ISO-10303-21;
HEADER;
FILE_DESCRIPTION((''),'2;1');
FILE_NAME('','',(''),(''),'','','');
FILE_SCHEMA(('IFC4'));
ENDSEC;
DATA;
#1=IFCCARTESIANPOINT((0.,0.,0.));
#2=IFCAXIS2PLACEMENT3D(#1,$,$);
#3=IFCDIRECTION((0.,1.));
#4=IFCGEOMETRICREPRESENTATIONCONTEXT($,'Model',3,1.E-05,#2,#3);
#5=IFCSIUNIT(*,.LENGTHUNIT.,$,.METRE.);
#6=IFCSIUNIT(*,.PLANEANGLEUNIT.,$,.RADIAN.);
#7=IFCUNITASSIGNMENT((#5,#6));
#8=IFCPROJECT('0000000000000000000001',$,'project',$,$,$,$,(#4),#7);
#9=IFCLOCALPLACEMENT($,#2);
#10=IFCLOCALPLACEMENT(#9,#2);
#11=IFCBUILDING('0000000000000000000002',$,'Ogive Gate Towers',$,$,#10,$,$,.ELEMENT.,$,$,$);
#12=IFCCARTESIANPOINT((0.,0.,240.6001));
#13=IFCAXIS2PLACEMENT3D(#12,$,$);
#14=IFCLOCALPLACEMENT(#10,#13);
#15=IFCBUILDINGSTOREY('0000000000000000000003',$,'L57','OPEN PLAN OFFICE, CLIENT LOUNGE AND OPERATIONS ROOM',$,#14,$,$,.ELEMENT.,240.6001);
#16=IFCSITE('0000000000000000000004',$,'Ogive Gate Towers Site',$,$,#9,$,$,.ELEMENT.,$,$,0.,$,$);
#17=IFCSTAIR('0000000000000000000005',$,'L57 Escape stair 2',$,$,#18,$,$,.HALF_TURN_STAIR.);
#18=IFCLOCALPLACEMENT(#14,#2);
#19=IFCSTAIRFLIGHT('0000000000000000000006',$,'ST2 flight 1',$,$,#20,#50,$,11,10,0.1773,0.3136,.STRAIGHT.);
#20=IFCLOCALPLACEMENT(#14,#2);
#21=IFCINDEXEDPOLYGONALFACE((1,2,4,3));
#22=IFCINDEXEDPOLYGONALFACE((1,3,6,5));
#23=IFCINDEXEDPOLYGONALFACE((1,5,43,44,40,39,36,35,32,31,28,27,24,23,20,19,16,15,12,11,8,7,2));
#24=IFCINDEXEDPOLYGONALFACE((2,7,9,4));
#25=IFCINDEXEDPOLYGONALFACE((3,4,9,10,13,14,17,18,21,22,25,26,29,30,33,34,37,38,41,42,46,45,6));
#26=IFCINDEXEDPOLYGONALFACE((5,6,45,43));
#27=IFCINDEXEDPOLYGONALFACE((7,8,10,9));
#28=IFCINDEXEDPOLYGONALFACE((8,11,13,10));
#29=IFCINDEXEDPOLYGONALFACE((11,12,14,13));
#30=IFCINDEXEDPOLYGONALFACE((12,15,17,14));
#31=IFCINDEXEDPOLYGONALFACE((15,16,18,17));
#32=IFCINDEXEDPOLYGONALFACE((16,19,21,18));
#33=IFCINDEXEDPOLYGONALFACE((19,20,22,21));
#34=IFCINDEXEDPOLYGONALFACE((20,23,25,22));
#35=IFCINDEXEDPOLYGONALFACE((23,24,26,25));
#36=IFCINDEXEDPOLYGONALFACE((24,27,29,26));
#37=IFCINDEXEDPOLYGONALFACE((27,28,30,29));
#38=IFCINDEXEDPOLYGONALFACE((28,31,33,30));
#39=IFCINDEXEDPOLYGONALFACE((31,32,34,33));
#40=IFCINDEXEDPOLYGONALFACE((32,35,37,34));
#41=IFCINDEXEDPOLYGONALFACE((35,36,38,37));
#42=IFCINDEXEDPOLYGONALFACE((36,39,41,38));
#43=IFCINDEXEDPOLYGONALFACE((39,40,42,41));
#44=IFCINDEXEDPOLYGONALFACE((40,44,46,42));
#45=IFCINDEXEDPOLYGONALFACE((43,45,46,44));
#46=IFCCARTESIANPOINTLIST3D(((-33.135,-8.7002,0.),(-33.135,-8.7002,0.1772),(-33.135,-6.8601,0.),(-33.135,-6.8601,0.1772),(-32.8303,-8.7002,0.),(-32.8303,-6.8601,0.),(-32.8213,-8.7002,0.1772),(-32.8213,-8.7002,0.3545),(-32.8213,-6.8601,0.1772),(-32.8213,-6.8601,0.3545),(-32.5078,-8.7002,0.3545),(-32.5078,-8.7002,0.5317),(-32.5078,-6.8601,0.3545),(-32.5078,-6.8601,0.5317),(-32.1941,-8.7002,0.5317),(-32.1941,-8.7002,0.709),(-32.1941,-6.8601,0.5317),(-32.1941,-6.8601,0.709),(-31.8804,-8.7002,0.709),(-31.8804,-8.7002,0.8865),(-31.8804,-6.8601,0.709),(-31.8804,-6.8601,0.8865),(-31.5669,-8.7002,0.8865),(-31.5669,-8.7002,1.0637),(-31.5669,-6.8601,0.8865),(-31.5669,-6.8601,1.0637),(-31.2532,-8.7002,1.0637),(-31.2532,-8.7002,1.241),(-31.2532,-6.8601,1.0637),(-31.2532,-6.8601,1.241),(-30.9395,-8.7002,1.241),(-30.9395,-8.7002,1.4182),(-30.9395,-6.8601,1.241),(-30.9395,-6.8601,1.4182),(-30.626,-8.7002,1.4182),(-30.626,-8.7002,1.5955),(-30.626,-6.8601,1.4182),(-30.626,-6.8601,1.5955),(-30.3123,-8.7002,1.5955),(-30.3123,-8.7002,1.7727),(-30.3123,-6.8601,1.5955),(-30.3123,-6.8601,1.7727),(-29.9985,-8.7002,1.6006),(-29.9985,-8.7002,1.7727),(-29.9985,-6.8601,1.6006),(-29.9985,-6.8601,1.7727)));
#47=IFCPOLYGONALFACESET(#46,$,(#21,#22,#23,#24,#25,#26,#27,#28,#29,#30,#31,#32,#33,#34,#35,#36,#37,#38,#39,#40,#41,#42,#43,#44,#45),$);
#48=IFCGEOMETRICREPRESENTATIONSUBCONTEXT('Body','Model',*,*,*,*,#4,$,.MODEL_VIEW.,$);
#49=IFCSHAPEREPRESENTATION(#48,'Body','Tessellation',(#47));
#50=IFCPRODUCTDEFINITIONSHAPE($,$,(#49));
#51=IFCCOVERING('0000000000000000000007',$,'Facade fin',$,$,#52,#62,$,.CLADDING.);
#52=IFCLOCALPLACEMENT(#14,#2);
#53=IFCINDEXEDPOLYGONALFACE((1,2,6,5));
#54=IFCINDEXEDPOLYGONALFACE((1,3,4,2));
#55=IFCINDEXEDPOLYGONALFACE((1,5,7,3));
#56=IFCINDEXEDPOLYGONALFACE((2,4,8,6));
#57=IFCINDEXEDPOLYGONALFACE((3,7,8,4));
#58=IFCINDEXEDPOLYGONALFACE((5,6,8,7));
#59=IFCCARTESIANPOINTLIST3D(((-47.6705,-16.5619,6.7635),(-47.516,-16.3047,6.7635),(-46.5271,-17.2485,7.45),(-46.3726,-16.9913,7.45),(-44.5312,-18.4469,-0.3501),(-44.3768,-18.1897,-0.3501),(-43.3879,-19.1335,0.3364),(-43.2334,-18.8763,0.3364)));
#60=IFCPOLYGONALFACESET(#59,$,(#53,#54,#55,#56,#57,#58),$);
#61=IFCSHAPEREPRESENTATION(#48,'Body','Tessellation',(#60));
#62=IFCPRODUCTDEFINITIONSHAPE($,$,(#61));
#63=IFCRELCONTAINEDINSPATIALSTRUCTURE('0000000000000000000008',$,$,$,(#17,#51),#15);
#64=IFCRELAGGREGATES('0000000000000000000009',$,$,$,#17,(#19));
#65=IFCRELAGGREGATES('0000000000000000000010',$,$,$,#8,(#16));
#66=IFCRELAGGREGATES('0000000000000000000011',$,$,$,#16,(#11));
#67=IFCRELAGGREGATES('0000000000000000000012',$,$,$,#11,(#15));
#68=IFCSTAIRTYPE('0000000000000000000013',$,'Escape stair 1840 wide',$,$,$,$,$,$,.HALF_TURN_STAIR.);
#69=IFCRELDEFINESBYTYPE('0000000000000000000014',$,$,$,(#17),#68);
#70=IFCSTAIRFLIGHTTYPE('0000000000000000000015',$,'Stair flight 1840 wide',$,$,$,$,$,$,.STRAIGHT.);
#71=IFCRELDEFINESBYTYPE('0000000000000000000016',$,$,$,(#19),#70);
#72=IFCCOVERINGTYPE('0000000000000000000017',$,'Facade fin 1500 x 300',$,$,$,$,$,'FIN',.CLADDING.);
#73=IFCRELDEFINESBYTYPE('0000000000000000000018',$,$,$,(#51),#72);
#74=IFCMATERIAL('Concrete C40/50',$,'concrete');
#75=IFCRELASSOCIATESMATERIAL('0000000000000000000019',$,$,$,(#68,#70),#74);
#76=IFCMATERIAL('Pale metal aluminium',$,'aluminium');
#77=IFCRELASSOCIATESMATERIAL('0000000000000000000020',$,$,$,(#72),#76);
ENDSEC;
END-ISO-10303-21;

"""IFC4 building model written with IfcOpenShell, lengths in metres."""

from ifc_helpers import new_model, si_unit, direction, frame, origin, origin_2d, place, context, subcontext, project, spatial, polyline, rectangle, outline, extrude, material, material_profile, profile_set, type_object, element, aggregate, save


model = new_model("IFC4")

# Units and contexts
model_context = context("Model", 3, precision=1e-05, world=origin(), true_north=direction((0.0, 1.0)))
body_context = subcontext(model_context, "Body", "Model", "MODEL_VIEW")
ifc_project = project(units=[si_unit("LENGTHUNIT", "METRE"), si_unit("PLANEANGLEUNIT", "RADIAN")], contexts=[model_context])

# Site, building, storey
site_placement = place(None, origin())
site = spatial("IfcSite", under=ifc_project, at=site_placement, Name="Ogive Gate Towers Site", CompositionType="ELEMENT", RefElevation=0.0)
building_placement = place(site_placement, origin())
building = spatial("IfcBuilding", under=site, at=building_placement, Name="Ogive Gate Towers", CompositionType="ELEMENT")
storey_placement = place(building_placement, frame((0.0, 0.0, 240.6001)))
storey = spatial("IfcBuildingStorey", under=building, at=storey_placement, Name="L57", Description="OPEN PLAN OFFICE, CLIENT LOUNGE AND OPERATIONS ROOM", CompositionType="ELEMENT", Elevation=240.6001)

# Stair, stair flight
ifc_material_1 = material(Name="Concrete C40/50", Category="concrete")
stair_type = type_object("IfcStairType", Name="Escape stair 1840 wide", PredefinedType="HALF_TURN_STAIR", material=ifc_material_1)
stair_placement = place(storey_placement, origin())
stair = element("IfcStair", 1, at=stair_placement, inside=storey, type_object=stair_type, Name="L57 Escape stair 2", PredefinedType="HALF_TURN_STAIR")
stair_flight_type = type_object("IfcStairFlightType", Name="Stair flight 1840 wide", PredefinedType="STRAIGHT", material=ifc_material_1)
stair_flight_placement = place(storey_placement, frame((-33.135, -7.78, 0.0), z_axis=(0.0, 0.0, 1.0), x_axis=(1.0, 0.0, 0.0)))
stair_flight = element("IfcStairFlight", 2, at=stair_flight_placement, type_object=stair_flight_type, Name="ST2 flight 1", NumberOfRisers=11, NumberOfTreads=10, PredefinedType="STRAIGHT", RiserHeight=0.1773, TreadLength=0.3136, context=body_context, shape_type="SweptSolid", body=[
    extrude(outline(polyline([(0.0, 0.0), (0.0, 0.1772), (0.3137, 0.1772), (0.3137, 0.3545), (0.6272, 0.3545), (0.6272, 0.5317), (0.9409, 0.5317), (0.9409, 0.709), (1.2546, 0.709), (1.2546, 0.8865), (1.5681, 0.8865), (1.5681, 1.0637), (1.8818, 1.0637), (1.8818, 1.241), (2.1956, 1.241), (2.1956, 1.4182), (2.509, 1.4182), (2.509, 1.5955), (2.8228, 1.5955), (2.8228, 1.7727), (3.1365, 1.7727), (3.1365, 1.95), (3.1365, 1.6006), (0.3047, 0.0), (0.0, 0.0)])), frame((0.0, 0.9199, 0.0), z_axis=(0.0, -1.0, 0.0), x_axis=(1.0, 0.0, 0.0)), (0.0, 0.0, 1.0), 1.8401),
])
aggregate(stair, [stair_flight])

# Covering
ifc_material_2 = material(Name="Pale metal aluminium", Category="aluminium")
ifc_material_profile_1 = material_profile(ifc_material_2, rectangle(XDim=0.3, YDim=1.5, at=origin_2d()), Name="1500 x 300 pale metal aluminium")
ifc_profile_set_1 = profile_set([ifc_material_profile_1], Name="Pale metal aluminium")
covering_type = type_object("IfcCoveringType", Name="Facade fin 1500 x 300", ElementType="FIN", PredefinedType="CLADDING", material=ifc_profile_set_1)
covering_placement = place(storey_placement, frame((-43.8823, -18.6616, -0.0068), z_axis=(-0.392365, 0.235608, 0.889122), x_axis=(-0.5148, -0.85731, 0.0)))
element("IfcCovering", 3, at=covering_placement, inside=storey, type_object=covering_type, Name="Facade fin", PredefinedType="CLADDING", context=body_context, shape_type="SweptSolid", body=[
    extrude(rectangle(XDim=0.3, YDim=1.5, at=origin_2d()), origin(), (0.0, 0.0, 1.0), 8.0007),
])

save(model, "model.ifc")
